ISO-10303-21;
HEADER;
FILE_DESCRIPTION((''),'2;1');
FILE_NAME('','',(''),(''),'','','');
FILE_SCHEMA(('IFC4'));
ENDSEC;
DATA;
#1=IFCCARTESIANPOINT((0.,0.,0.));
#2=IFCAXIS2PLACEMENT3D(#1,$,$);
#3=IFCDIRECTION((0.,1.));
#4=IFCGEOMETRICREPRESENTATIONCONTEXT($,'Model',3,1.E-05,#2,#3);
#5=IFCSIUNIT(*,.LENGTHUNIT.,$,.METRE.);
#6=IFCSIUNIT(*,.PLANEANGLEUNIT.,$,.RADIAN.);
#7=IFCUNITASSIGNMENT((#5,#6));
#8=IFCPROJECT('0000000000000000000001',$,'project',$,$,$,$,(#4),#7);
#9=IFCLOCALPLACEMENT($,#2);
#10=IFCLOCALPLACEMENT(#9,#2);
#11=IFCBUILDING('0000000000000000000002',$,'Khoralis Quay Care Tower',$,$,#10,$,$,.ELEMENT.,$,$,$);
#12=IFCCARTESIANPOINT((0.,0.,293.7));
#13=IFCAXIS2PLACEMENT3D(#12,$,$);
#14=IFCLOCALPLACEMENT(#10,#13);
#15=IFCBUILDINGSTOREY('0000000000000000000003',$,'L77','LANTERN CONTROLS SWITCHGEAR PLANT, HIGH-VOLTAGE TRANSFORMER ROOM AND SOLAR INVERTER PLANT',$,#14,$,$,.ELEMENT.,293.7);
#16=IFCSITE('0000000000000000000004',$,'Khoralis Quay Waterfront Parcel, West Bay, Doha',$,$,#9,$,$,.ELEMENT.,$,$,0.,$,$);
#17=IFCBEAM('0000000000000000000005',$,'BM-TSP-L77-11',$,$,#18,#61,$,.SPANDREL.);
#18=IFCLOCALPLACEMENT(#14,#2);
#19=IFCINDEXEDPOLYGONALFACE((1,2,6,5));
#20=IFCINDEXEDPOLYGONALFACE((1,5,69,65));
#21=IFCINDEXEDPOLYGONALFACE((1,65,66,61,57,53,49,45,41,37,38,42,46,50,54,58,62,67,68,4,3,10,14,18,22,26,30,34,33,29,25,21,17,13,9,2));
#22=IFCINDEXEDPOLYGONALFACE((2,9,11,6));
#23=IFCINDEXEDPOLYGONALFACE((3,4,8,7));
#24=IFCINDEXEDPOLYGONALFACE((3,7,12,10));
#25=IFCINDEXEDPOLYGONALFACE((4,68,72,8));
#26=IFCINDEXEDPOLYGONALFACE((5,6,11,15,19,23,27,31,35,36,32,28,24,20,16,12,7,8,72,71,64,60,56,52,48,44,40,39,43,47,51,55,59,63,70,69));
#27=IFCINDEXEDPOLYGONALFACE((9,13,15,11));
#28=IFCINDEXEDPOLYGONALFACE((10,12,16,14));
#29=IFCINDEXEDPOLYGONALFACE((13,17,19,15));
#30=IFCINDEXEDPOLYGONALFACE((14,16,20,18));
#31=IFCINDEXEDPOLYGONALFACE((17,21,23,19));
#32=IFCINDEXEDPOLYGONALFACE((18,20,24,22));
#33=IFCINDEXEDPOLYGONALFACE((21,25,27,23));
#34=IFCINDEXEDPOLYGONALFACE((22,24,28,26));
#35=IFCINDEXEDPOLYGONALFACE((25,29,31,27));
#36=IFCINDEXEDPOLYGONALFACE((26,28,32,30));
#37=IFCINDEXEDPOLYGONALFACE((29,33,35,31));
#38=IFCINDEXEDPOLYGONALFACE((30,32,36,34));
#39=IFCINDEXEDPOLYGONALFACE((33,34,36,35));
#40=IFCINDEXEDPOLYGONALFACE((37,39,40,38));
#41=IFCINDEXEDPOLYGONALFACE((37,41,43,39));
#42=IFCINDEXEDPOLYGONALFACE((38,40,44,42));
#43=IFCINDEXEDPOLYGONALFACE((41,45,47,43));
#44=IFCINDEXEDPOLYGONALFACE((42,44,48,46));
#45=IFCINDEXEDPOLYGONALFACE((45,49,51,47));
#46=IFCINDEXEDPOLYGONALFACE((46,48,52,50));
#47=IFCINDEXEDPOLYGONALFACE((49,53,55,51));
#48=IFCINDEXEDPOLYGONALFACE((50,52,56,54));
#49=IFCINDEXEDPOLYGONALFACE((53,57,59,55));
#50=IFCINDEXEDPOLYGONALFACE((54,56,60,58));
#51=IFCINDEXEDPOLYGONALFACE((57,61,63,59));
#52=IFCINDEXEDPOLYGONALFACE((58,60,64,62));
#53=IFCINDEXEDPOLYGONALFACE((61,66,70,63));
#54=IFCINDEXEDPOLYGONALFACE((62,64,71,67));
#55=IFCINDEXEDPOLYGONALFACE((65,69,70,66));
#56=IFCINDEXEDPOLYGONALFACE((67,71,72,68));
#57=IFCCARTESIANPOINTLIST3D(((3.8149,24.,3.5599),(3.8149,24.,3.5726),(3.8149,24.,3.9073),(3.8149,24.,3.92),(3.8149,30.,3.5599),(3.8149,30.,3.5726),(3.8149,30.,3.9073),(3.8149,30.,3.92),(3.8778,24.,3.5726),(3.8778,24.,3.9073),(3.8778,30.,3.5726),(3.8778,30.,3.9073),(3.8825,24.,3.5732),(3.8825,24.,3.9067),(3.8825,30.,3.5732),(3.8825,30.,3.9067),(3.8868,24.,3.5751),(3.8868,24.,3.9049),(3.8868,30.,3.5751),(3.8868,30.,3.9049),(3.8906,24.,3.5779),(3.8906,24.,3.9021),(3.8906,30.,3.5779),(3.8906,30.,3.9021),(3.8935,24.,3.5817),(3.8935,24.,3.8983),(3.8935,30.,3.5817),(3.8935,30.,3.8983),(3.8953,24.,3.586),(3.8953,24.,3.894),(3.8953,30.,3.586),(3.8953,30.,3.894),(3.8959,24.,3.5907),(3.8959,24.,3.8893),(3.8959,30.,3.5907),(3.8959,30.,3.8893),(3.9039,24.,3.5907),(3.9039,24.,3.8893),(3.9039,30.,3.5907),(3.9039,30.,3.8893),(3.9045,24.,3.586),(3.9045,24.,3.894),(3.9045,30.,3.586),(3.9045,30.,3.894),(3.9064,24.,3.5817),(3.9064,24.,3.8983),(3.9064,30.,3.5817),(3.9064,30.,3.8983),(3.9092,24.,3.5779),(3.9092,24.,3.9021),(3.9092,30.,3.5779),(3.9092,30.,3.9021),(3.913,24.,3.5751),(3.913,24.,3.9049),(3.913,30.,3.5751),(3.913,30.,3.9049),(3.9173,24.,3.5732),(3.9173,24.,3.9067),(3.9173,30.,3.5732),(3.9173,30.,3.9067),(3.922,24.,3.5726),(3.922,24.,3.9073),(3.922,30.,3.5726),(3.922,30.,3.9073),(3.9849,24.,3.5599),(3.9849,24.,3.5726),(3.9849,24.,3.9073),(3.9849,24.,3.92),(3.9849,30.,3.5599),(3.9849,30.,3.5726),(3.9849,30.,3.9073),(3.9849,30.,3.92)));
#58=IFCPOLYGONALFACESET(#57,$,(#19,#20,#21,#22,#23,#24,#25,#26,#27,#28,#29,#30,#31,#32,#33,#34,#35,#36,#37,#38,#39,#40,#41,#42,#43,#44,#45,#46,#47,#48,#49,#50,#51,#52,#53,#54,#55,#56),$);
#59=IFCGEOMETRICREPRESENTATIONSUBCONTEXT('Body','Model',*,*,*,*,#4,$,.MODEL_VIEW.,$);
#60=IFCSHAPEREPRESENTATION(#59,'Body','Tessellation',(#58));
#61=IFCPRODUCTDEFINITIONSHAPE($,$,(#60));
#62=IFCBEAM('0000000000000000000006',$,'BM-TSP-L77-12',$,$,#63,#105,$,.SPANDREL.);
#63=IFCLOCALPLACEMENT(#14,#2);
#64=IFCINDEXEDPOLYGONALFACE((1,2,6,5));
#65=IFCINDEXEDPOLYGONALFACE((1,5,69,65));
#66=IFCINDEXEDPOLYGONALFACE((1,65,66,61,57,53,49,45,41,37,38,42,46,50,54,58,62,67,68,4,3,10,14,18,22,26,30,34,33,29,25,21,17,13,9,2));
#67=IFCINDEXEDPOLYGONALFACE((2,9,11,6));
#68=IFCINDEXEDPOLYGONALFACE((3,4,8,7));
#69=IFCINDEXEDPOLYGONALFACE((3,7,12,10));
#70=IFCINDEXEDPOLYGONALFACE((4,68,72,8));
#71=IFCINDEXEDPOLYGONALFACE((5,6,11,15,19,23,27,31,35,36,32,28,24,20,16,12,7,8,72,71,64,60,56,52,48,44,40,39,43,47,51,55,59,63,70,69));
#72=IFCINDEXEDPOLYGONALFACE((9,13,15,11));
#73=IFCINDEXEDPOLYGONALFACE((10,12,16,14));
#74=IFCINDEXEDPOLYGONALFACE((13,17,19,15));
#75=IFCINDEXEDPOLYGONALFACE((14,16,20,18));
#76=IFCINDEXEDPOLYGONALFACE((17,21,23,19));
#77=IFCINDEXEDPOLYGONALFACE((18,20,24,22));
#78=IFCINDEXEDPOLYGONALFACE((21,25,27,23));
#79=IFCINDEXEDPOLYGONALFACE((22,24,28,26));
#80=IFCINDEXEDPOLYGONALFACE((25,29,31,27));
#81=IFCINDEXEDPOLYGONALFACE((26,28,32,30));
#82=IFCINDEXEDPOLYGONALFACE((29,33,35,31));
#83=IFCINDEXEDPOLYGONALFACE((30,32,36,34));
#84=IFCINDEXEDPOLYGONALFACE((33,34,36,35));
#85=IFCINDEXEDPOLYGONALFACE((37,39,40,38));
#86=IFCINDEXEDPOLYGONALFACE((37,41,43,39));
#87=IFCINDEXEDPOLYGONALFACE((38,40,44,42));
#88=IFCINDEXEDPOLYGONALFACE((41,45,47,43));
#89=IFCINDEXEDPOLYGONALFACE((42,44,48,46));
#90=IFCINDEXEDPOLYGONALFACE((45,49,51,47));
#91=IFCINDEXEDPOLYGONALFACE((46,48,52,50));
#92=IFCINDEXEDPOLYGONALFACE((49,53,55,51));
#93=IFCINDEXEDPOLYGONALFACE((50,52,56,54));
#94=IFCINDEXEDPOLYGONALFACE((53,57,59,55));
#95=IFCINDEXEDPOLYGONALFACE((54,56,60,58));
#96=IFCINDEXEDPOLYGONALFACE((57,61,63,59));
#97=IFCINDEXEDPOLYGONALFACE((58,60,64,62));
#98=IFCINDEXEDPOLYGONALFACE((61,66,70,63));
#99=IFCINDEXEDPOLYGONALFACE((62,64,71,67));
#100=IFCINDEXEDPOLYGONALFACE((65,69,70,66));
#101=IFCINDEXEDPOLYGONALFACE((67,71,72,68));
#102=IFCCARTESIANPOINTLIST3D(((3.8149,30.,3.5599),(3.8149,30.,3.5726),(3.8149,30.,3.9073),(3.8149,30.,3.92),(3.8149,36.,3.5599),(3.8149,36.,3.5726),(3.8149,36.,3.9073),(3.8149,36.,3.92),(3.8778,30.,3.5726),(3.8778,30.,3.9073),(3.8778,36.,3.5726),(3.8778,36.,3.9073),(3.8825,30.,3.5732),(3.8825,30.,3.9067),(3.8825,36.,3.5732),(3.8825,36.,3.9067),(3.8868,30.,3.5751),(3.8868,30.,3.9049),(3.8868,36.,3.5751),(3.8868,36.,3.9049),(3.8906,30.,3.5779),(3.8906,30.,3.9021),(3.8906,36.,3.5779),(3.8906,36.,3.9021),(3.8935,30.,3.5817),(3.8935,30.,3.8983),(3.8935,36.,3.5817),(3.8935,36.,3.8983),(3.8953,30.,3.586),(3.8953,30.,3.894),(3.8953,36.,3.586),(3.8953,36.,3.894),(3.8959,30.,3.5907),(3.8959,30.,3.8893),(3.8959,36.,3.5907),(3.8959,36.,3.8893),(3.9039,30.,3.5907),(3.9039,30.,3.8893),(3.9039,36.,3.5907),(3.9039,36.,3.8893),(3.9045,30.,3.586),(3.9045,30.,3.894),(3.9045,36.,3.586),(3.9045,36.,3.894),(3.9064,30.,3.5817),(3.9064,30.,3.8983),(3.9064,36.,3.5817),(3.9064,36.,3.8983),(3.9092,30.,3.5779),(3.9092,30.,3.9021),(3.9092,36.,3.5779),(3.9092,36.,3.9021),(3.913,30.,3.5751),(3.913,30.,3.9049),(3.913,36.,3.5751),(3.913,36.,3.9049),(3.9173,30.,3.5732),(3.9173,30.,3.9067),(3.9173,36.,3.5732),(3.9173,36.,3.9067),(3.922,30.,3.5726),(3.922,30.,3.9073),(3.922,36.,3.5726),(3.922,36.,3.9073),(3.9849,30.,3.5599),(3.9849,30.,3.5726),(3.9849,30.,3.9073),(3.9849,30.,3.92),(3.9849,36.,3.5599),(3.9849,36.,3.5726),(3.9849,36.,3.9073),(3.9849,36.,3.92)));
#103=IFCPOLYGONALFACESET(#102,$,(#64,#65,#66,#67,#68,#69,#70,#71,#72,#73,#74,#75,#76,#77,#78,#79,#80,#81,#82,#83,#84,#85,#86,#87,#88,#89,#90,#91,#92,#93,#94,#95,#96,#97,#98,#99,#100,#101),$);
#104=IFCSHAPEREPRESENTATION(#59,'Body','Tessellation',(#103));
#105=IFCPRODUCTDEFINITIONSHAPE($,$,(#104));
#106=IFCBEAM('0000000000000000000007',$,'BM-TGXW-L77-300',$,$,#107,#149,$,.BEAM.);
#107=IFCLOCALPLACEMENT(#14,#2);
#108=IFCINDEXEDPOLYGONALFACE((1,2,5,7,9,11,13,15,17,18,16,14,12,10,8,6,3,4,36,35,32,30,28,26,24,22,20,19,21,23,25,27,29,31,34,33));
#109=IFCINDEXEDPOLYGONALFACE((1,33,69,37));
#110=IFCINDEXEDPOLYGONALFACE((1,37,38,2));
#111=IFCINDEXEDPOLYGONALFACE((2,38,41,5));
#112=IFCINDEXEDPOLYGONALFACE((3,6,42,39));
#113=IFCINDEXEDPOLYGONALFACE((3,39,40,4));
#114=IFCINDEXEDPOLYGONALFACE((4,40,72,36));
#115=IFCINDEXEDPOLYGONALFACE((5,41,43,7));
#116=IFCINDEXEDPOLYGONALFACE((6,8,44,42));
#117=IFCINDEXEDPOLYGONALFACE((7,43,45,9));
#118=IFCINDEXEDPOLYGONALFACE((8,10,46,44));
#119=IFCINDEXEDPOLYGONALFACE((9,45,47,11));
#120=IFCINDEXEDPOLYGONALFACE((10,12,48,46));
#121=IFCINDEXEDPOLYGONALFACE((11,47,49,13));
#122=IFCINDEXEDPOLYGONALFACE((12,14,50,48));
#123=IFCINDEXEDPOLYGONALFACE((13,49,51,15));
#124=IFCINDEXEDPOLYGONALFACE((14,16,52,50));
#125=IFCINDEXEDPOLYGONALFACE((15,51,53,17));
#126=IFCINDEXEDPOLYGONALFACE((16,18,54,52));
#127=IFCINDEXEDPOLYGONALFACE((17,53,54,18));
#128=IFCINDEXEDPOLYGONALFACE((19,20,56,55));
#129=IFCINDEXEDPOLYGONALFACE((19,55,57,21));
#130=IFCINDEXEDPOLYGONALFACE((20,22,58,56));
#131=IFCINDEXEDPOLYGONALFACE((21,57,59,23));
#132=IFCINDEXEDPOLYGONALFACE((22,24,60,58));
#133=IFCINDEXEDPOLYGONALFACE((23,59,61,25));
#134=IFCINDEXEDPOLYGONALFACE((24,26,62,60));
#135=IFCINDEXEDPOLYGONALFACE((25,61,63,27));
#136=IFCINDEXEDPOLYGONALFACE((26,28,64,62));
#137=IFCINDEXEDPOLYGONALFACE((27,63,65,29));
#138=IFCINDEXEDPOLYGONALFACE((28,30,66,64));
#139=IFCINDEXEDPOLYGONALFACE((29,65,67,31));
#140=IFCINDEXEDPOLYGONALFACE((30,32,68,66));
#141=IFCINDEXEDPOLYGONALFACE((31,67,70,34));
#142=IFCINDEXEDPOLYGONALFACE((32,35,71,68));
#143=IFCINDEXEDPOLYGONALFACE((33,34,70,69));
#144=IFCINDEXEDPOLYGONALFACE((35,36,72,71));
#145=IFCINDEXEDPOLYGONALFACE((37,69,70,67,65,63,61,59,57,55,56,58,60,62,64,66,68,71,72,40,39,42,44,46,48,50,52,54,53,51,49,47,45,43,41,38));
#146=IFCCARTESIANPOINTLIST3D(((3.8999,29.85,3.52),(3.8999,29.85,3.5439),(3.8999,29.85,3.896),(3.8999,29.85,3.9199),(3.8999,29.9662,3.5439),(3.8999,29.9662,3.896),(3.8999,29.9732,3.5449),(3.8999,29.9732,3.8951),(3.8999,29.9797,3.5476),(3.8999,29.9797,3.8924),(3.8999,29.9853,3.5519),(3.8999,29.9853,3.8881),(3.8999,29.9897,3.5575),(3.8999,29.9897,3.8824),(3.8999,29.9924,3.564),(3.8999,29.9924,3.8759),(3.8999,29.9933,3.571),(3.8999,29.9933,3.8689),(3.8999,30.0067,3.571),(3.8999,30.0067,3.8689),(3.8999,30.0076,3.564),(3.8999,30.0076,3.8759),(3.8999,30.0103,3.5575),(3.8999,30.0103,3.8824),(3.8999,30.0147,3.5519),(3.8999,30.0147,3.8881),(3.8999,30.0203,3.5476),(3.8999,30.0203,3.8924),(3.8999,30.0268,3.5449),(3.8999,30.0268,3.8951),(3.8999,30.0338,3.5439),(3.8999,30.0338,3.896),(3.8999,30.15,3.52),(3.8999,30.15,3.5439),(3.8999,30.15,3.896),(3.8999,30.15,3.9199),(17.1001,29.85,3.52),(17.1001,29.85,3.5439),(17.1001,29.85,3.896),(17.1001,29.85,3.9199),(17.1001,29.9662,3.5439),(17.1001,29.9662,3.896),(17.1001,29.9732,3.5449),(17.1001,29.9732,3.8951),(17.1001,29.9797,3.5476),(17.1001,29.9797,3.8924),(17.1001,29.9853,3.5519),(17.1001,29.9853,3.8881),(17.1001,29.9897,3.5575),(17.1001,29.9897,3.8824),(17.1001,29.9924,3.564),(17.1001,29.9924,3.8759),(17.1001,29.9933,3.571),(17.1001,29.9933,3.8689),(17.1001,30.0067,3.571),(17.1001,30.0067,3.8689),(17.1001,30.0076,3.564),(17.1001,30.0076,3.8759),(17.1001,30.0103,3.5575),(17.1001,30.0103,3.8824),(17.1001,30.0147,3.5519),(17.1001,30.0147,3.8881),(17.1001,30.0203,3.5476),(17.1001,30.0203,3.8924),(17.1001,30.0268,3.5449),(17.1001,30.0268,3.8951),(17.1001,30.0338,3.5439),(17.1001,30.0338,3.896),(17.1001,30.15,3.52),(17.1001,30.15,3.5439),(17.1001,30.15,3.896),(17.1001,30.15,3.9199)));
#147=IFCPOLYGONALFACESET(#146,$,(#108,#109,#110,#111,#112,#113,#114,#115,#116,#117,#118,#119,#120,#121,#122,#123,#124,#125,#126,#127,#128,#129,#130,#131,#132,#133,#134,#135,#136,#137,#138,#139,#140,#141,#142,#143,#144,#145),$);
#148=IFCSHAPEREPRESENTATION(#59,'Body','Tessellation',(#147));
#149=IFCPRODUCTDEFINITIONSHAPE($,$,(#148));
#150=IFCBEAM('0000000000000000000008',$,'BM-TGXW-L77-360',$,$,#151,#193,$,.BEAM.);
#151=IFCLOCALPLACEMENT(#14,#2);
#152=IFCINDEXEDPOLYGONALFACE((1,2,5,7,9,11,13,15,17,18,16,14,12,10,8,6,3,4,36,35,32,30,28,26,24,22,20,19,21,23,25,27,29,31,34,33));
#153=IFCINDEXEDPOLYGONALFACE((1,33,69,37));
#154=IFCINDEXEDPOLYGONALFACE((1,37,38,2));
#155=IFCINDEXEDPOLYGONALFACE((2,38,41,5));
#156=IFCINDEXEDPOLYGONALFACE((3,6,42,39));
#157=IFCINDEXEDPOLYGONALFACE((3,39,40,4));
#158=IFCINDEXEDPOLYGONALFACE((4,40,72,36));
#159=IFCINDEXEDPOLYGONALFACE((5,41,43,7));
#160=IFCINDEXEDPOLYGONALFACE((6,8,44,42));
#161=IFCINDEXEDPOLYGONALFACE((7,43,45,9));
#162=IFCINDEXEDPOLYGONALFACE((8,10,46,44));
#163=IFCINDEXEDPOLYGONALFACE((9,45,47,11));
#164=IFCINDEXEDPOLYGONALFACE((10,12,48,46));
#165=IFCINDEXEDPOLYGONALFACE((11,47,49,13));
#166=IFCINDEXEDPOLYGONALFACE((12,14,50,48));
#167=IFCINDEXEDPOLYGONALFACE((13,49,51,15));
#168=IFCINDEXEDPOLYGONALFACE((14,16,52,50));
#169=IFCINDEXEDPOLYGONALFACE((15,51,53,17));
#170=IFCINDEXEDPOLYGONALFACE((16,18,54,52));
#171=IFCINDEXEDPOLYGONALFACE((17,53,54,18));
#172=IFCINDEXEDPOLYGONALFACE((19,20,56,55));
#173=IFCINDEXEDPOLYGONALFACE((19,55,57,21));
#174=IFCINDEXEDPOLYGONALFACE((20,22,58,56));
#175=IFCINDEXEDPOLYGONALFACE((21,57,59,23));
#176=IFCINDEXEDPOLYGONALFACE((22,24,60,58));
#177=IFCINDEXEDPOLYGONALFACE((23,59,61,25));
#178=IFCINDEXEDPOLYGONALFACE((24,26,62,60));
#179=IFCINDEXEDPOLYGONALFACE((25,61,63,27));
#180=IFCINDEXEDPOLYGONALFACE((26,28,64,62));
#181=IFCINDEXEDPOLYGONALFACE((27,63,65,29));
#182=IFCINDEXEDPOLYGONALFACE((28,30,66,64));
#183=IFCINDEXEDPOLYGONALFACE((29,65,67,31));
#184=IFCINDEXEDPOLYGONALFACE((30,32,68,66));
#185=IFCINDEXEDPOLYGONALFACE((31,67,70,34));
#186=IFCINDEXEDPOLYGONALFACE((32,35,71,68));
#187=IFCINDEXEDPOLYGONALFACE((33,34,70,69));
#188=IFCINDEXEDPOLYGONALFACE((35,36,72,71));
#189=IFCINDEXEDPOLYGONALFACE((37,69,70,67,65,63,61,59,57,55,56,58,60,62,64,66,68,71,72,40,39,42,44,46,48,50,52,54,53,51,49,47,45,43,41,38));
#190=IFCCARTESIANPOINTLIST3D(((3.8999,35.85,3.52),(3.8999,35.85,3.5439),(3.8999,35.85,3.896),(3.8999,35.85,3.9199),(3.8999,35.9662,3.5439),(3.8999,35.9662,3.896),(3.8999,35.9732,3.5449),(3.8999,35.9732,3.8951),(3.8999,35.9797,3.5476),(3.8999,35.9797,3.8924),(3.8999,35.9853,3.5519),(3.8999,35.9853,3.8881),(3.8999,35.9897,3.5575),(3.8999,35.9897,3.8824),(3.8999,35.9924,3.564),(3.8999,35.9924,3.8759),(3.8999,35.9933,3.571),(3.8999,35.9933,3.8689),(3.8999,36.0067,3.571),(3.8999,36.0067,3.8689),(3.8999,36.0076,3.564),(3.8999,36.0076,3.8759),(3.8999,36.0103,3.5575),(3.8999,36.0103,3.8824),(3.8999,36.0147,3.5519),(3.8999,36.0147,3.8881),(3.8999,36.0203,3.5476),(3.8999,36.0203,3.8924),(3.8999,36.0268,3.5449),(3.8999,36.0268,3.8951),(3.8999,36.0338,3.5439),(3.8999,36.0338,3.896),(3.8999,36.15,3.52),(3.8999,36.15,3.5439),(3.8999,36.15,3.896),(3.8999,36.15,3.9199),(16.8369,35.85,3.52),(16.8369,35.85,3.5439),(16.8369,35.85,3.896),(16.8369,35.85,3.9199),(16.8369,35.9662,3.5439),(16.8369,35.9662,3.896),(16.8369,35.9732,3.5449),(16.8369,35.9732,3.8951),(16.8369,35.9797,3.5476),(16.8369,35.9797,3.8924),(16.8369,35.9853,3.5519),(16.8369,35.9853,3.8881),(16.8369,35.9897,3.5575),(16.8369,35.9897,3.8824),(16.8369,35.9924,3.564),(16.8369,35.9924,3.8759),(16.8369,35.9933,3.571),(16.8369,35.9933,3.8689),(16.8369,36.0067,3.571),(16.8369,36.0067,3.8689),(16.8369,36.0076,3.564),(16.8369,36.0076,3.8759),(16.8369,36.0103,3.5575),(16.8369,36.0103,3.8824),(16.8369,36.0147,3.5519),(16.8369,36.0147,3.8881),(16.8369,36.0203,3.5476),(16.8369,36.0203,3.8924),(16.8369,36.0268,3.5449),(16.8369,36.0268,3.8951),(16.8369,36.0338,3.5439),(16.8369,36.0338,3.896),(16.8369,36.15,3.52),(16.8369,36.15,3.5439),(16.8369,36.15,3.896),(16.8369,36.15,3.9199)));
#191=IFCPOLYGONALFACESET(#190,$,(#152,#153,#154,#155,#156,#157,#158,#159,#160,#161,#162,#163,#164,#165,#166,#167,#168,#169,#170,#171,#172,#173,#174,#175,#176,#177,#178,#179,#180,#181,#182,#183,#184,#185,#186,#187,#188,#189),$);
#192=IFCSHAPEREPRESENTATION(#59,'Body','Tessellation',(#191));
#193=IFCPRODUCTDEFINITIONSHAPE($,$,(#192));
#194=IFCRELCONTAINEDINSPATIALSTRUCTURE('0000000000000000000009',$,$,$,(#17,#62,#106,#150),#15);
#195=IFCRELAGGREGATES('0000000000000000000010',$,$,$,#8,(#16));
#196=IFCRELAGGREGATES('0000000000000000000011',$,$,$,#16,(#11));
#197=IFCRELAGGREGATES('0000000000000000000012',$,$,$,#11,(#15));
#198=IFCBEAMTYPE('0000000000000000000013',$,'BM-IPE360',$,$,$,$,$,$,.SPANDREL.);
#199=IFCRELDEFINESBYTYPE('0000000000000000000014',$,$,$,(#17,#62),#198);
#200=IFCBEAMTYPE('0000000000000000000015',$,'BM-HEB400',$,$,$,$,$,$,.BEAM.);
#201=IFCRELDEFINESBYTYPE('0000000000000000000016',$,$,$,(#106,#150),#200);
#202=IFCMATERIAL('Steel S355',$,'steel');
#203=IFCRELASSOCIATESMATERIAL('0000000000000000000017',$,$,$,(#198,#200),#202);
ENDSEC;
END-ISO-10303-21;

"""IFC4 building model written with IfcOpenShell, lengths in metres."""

from ifc_helpers import new_model, si_unit, direction, frame, origin, origin_2d, place, context, subcontext, project, spatial, i_section, extrude, source, transform, mapped, material, material_profile, profile_set, type_object, element, save


model = new_model("IFC4")

# Units and contexts
model_context = context("Model", 3, precision=1e-05, world=origin(), true_north=direction((0.0, 1.0)))
body_context = subcontext(model_context, "Body", "Model", "MODEL_VIEW")
ifc_project = project(units=[si_unit("LENGTHUNIT", "METRE"), si_unit("PLANEANGLEUNIT", "RADIAN")], contexts=[model_context])

# Site, building, storey
site_placement = place(None, origin())
site = spatial("IfcSite", under=ifc_project, at=site_placement, Name="Khoralis Quay Waterfront Parcel, West Bay, Doha", CompositionType="ELEMENT", RefElevation=0.0)
building_placement = place(site_placement, origin())
building = spatial("IfcBuilding", under=site, at=building_placement, Name="Khoralis Quay Care Tower", CompositionType="ELEMENT")
storey_placement = place(building_placement, frame((0.0, 0.0, 293.7)))
storey = spatial("IfcBuildingStorey", under=building, at=storey_placement, Name="L77", Description="LANTERN CONTROLS SWITCHGEAR PLANT, HIGH-VOLTAGE TRANSFORMER ROOM AND SOLAR INVERTER PLANT", CompositionType="ELEMENT", Elevation=293.7)

# Beams
ifc_material_1 = material(Name="Steel S355", Category="steel")
ifc_material_profile_1 = material_profile(ifc_material_1, i_section(OverallWidth=0.1699, OverallDepth=0.3601, WebThickness=0.0081, FlangeThickness=0.0127, FilletRadius=0.0181, at=origin_2d()), Name="Steel S355")
ifc_profile_set_1 = profile_set([ifc_material_profile_1], Name="Steel S355")
beam_type_1 = type_object("IfcBeamType", Name="BM-IPE360", PredefinedType="SPANDREL", material=ifc_profile_set_1)
shared_shape_1 = source(origin(), body_context, "Body", "SweptSolid", [
    extrude(i_section(OverallWidth=0.1699, OverallDepth=0.3601, WebThickness=0.0081, FlangeThickness=0.0127, FilletRadius=0.0181, at=origin_2d()), origin(), (0.0, 0.0, 1.0), 6.0),
])
for number, where, z_axis, x_axis, name in (
    (1, (3.8999, 24.0, 3.74), (0.0, 1.0, 0.0), (-1.0, 0.0, 0.0), "BM-TSP-L77-11"),
    (2, (3.8999, 30.0, 3.74), (0.0, 1.0, 0.0), (-1.0, 0.0, 0.0), "BM-TSP-L77-12"),
):
    element("IfcBeam", number, at=place(storey_placement, frame(where, z_axis=z_axis, x_axis=x_axis)), inside=storey, type_object=beam_type_1, Name=name, PredefinedType="SPANDREL", context=body_context, shape_type="MappedRepresentation", body=[
        mapped(shared_shape_1, transform((0.0, 0.0, 0.0), scale=1.0)),
    ])
ifc_material_profile_2 = material_profile(ifc_material_1, i_section(OverallWidth=0.3, OverallDepth=0.3999, WebThickness=0.0134, FlangeThickness=0.0239, FilletRadius=0.0271, at=origin_2d()), Name="Steel S355")
ifc_profile_set_2 = profile_set([ifc_material_profile_2], Name="Steel S355")
beam_type_2 = type_object("IfcBeamType", Name="BM-HEB400", PredefinedType="BEAM", material=ifc_profile_set_2)
shared_shape_2 = source(origin(), body_context, "Body", "SweptSolid", [
    extrude(i_section(OverallWidth=0.3, OverallDepth=0.3999, WebThickness=0.0134, FlangeThickness=0.0239, FilletRadius=0.0271, at=origin_2d()), origin(), (0.0, 0.0, 1.0), 13.2002),
])
beam_1_placement = place(storey_placement, frame((3.8999, 30.0, 3.72), z_axis=(1.0, 0.0, 0.0), x_axis=(0.0, 1.0, 0.0)))
element("IfcBeam", 3, at=beam_1_placement, inside=storey, type_object=beam_type_2, Name="BM-TGXW-L77-300", PredefinedType="BEAM", context=body_context, shape_type="MappedRepresentation", body=[
    mapped(shared_shape_2, transform((0.0, 0.0, 0.0), scale=1.0)),
])
shared_shape_3 = source(origin(), body_context, "Body", "SweptSolid", [
    extrude(i_section(OverallWidth=0.3, OverallDepth=0.3999, WebThickness=0.0134, FlangeThickness=0.0239, FilletRadius=0.0271, at=origin_2d()), origin(), (0.0, 0.0, 1.0), 12.937),
])
beam_2_placement = place(storey_placement, frame((3.8999, 36.0, 3.72), z_axis=(1.0, 0.0, 0.0), x_axis=(0.0, 1.0, 0.0)))
element("IfcBeam", 4, at=beam_2_placement, inside=storey, type_object=beam_type_2, Name="BM-TGXW-L77-360", PredefinedType="BEAM", context=body_context, shape_type="MappedRepresentation", body=[
    mapped(shared_shape_3, transform((0.0, 0.0, 0.0), scale=1.0)),
])

save(model, "model.ifc")
